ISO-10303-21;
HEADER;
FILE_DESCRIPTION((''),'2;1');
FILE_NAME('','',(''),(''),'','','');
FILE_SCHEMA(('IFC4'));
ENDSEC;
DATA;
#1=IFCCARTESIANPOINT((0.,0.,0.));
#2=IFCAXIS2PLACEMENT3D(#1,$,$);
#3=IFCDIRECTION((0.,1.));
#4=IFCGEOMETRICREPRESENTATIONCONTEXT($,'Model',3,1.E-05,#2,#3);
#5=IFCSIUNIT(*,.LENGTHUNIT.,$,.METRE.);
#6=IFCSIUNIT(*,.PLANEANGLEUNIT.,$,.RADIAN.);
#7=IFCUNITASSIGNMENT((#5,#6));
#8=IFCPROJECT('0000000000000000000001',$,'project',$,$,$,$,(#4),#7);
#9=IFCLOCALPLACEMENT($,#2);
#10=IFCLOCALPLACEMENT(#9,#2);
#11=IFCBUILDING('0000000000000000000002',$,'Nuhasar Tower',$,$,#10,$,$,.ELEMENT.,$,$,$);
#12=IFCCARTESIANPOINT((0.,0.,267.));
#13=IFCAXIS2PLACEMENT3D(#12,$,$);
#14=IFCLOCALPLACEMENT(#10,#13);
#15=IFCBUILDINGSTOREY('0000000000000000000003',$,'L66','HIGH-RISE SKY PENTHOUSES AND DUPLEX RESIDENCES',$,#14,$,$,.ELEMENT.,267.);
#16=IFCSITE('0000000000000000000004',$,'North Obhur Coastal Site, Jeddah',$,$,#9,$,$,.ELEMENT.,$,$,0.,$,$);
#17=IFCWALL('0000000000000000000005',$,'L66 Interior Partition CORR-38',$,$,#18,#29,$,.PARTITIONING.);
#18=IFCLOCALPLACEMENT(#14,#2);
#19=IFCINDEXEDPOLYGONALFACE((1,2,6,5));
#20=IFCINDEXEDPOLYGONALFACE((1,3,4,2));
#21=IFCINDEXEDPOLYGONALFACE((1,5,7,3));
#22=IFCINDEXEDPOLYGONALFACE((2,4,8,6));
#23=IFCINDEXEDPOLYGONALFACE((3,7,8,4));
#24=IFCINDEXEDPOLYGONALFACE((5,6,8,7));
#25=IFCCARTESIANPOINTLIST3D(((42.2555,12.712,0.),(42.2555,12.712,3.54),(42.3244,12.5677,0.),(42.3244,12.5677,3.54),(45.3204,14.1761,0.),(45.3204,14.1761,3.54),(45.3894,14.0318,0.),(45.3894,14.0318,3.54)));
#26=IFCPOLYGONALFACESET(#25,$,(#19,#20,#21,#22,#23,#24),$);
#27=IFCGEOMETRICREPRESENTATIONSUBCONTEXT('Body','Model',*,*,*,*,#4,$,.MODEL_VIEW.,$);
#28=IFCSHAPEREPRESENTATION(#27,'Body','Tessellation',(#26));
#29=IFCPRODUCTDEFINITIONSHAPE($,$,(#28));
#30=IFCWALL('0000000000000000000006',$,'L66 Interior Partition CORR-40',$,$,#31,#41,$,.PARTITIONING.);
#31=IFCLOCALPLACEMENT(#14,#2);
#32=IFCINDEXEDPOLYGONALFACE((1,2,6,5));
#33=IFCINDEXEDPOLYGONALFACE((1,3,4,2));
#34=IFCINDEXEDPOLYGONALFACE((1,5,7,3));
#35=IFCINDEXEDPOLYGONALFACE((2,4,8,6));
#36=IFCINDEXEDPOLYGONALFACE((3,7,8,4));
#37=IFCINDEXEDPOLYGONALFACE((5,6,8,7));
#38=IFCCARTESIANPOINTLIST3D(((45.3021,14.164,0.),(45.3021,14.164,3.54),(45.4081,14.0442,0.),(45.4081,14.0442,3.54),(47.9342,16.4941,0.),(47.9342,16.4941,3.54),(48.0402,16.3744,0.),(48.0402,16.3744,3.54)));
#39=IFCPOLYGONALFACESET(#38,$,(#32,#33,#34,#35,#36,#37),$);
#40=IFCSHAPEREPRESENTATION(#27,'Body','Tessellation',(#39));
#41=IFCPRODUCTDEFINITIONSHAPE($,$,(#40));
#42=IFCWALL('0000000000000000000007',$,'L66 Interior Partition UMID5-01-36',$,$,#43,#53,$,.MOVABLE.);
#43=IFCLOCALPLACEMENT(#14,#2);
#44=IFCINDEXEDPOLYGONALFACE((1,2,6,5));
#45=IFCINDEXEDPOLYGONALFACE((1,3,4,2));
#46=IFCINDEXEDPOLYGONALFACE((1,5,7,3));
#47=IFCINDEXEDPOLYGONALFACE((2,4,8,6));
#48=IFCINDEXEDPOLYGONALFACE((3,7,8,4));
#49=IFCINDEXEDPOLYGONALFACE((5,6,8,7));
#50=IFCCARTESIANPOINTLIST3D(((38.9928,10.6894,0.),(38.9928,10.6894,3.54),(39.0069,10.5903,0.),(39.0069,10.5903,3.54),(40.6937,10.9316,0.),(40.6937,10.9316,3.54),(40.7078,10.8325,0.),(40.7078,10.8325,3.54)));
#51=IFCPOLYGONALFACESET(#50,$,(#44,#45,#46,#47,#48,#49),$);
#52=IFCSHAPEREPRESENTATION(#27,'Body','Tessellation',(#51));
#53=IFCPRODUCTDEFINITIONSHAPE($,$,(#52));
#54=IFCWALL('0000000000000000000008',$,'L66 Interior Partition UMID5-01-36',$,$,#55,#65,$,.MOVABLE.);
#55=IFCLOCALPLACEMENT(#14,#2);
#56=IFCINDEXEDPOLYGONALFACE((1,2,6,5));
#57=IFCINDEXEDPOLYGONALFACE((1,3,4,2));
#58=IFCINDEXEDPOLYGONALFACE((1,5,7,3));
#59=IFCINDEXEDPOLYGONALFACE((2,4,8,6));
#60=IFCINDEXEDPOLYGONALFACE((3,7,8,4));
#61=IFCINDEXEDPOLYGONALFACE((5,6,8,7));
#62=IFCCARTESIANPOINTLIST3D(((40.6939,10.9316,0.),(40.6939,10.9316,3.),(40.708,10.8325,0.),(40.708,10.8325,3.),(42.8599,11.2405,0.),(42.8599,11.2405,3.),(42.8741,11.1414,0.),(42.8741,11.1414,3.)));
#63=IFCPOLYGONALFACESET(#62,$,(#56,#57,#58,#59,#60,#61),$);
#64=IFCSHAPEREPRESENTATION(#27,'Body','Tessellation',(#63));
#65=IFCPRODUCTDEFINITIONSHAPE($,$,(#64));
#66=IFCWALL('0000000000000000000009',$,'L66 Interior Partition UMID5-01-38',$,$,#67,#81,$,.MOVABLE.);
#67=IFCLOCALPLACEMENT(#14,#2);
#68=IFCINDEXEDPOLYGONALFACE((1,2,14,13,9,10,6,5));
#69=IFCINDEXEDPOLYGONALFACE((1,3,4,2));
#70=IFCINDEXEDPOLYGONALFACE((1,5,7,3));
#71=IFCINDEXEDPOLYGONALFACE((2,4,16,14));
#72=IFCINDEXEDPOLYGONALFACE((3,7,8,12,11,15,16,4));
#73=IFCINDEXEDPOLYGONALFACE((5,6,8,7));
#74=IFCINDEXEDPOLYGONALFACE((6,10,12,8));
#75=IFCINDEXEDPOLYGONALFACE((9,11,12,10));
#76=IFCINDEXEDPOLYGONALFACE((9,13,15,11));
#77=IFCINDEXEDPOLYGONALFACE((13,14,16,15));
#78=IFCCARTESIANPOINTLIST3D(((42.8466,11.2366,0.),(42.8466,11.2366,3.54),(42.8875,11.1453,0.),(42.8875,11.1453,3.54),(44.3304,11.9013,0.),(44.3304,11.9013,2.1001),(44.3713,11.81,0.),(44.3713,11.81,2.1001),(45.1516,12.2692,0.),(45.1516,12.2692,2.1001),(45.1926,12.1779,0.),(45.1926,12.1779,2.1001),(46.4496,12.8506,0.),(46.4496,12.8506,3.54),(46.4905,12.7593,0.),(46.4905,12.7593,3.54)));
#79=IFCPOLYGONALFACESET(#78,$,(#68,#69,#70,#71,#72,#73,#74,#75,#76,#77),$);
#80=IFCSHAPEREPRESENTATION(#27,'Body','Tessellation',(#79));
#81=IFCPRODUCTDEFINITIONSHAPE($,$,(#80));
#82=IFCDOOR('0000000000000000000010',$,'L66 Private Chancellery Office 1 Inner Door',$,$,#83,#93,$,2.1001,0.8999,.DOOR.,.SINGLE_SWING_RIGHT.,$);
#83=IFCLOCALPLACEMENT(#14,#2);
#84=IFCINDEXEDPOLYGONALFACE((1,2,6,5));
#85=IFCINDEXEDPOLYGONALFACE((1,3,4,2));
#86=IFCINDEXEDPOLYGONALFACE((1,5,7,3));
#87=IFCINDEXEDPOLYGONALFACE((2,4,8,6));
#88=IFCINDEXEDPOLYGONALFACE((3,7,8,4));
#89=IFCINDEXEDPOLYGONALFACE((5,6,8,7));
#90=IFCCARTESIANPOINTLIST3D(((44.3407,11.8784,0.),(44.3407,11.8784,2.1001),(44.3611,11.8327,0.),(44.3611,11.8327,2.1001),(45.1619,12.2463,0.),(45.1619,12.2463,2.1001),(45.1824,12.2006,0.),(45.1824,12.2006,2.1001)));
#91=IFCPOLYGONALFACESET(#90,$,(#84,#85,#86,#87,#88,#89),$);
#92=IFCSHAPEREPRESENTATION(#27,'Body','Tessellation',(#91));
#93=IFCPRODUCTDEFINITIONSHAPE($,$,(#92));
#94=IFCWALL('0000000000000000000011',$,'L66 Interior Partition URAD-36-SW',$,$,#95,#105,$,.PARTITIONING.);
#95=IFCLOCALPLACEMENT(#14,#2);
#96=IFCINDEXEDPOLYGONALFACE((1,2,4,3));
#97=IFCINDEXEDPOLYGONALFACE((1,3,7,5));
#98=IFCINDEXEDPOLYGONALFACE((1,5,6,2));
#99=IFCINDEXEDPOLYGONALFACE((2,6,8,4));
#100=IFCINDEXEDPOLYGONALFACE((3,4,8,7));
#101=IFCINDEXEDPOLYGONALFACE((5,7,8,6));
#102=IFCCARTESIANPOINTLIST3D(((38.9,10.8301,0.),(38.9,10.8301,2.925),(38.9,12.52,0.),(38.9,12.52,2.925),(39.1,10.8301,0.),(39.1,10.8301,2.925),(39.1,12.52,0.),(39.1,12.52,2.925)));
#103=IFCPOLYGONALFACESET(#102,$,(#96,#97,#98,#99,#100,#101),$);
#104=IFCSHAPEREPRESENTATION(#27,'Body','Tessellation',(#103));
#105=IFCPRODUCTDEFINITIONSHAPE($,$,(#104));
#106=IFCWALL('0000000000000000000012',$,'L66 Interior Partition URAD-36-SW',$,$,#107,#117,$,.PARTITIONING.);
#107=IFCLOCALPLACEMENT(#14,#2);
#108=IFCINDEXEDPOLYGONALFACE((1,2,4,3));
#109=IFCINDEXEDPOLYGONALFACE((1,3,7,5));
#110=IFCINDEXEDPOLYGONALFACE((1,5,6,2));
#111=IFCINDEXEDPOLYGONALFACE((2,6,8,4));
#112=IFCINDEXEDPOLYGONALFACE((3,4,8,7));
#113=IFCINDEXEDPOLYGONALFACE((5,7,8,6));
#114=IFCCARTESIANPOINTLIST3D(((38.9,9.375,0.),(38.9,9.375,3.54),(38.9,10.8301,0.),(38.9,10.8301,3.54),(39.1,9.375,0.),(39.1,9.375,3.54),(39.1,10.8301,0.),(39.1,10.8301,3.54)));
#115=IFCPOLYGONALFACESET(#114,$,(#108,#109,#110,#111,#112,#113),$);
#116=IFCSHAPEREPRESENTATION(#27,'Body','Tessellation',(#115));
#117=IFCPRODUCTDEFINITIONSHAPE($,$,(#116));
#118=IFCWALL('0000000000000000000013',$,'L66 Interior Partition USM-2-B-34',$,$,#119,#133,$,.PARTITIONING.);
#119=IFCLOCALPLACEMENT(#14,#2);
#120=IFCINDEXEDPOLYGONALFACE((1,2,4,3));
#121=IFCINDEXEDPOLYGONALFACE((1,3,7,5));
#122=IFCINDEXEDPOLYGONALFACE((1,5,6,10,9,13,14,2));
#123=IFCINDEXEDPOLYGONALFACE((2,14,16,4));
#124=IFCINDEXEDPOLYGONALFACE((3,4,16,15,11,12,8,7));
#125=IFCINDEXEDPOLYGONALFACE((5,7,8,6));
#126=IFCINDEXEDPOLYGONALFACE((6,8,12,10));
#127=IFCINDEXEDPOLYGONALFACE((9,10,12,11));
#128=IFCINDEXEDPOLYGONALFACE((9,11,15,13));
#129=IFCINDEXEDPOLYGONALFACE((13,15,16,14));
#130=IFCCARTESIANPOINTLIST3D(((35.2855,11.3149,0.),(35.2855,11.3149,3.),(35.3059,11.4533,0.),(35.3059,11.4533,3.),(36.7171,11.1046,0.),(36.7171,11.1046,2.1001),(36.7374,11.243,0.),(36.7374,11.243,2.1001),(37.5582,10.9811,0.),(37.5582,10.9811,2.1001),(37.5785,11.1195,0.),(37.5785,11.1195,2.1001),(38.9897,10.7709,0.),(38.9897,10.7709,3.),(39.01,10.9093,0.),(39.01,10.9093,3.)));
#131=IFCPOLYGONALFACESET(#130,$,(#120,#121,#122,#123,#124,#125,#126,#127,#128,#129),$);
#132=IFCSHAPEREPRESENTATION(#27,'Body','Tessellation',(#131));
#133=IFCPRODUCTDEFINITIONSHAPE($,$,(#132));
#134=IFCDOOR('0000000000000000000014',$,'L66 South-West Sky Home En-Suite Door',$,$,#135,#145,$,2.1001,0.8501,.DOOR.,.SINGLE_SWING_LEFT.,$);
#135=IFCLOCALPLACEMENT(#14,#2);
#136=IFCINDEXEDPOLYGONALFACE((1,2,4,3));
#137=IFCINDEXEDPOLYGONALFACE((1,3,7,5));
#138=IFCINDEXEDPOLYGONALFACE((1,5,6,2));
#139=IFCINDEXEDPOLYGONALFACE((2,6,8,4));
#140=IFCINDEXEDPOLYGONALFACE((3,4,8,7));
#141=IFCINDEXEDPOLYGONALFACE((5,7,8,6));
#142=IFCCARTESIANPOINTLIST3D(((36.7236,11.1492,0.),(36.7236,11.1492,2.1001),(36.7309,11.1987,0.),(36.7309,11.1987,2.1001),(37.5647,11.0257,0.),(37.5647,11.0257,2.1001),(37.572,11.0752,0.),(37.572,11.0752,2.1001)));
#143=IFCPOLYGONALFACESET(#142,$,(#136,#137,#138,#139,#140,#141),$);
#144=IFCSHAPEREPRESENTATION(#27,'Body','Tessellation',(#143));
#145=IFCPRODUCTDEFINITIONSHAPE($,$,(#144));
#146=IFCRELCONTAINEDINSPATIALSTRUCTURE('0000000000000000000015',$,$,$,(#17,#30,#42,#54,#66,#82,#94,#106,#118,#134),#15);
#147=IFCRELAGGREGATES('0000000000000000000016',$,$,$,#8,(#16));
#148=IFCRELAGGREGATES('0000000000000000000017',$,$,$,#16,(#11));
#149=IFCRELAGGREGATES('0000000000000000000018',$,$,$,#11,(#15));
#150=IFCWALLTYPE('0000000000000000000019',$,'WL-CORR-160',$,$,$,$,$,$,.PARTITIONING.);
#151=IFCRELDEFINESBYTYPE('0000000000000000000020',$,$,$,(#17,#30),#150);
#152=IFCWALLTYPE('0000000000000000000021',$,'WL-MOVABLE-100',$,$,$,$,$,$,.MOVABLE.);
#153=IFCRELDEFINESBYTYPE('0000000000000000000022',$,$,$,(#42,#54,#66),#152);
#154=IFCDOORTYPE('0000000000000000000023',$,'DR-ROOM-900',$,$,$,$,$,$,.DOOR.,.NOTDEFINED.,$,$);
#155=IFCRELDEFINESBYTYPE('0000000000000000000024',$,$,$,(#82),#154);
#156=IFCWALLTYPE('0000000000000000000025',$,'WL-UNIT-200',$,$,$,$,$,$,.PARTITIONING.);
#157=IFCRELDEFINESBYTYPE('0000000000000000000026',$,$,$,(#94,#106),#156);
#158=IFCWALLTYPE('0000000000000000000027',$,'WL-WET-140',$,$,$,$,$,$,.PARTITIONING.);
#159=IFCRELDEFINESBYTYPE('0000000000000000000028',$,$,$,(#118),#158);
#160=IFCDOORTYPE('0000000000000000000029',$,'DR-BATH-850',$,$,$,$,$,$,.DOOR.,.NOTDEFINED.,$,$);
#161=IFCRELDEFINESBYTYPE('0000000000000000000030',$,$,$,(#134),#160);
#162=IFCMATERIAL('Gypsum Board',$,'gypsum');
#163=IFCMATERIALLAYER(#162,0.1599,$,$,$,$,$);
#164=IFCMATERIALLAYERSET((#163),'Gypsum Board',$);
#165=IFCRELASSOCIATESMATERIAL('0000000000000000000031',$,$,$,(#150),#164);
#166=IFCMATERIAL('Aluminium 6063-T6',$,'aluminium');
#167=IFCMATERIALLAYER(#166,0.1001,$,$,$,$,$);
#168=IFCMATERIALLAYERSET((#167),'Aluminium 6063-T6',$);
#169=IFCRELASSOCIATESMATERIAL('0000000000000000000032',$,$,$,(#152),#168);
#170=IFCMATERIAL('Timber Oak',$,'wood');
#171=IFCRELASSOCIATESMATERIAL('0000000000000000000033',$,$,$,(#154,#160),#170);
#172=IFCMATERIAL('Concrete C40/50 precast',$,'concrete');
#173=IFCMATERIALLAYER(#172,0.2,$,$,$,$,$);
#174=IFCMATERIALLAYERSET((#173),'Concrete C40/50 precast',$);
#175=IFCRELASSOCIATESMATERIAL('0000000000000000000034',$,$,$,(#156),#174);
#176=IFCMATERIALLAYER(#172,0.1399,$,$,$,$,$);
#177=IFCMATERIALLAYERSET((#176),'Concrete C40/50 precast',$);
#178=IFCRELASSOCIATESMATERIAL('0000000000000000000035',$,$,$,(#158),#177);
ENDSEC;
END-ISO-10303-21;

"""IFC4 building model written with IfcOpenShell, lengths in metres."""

from ifc_helpers import new_model, si_unit, direction, frame, frame_2d, origin, place, context, subcontext, project, spatial, rectangle, extrude, material, layer, layer_set, type_object, element, fill, save


model = new_model("IFC4")

# Units and contexts
model_context = context("Model", 3, precision=1e-05, world=origin(), true_north=direction((0.0, 1.0)))
body_context = subcontext(model_context, "Body", "Model", "MODEL_VIEW")
ifc_project = project(units=[si_unit("LENGTHUNIT", "METRE"), si_unit("PLANEANGLEUNIT", "RADIAN")], contexts=[model_context])

# Site, building, storey
site_placement = place(None, origin())
site = spatial("IfcSite", under=ifc_project, at=site_placement, Name="North Obhur Coastal Site, Jeddah", CompositionType="ELEMENT", RefElevation=0.0)
building_placement = place(site_placement, origin())
building = spatial("IfcBuilding", under=site, at=building_placement, Name="Nuhasar Tower", CompositionType="ELEMENT")
storey_placement = place(building_placement, frame((0.0, 0.0, 267.0)))
storey = spatial("IfcBuildingStorey", under=building, at=storey_placement, Name="L66", Description="HIGH-RISE SKY PENTHOUSES AND DUPLEX RESIDENCES", CompositionType="ELEMENT", Elevation=267.0)

# Shared definitions
ifc_material_1 = material(Name="Aluminium 6063-T6", Category="aluminium")

# Shared definitions
ifc_material_2 = material(Name="Gypsum Board", Category="gypsum")
ifc_layer_1 = layer(ifc_material_2, 0.1599)
ifc_layer_set_1 = layer_set([ifc_layer_1], Name="Gypsum Board")
wall_type_1 = type_object("IfcWallType", Name="WL-CORR-160", PredefinedType="PARTITIONING", material=ifc_layer_set_1)
ifc_material_3 = material(Name="Timber Oak", Category="wood")

# Walls
wall_1_placement = place(storey_placement, frame((42.29, 12.6399, 0.0), z_axis=(0.0, 0.0, 1.0), x_axis=(0.902332, 0.431041, 0.0)))
element("IfcWall", 1, at=wall_1_placement, inside=storey, type_object=wall_type_1, Name="L66 Interior Partition CORR-38", PredefinedType="PARTITIONING", context=body_context, shape_type="SweptSolid", body=[
    extrude(rectangle(XDim=3.3967, YDim=0.1599, at=frame_2d((1.6982, 0.0))), origin(), (0.0, 0.0, 1.0), 3.54),
])
wall_2_placement = place(storey_placement, frame((45.355, 14.104, 0.0), z_axis=(0.0, 0.0, 1.0), x_axis=(0.748757, 0.662845, 0.0)))
element("IfcWall", 2, at=wall_2_placement, inside=storey, type_object=wall_type_1, Name="L66 Interior Partition CORR-40", PredefinedType="PARTITIONING", context=body_context, shape_type="SweptSolid", body=[
    extrude(rectangle(XDim=3.5154, YDim=0.1599, at=frame_2d((1.7578, 0.0))), origin(), (0.0, 0.0, 1.0), 3.54),
])
ifc_layer_2 = layer(ifc_material_1, 0.1001)
ifc_layer_set_2 = layer_set([ifc_layer_2], Name="Aluminium 6063-T6")
wall_type_2 = type_object("IfcWallType", Name="WL-MOVABLE-100", PredefinedType="MOVABLE", material=ifc_layer_set_2)
wall_3_placement = place(storey_placement, frame((39.0, 10.6399, 0.0), z_axis=(0.0, 0.0, 1.0), x_axis=(0.990015, 0.140964, 0.0)))
element("IfcWall", 3, at=wall_3_placement, inside=storey, type_object=wall_type_2, Name="L66 Interior Partition UMID5-01-36", PredefinedType="MOVABLE", context=body_context, shape_type="SweptSolid", body=[
    extrude(rectangle(XDim=1.718, YDim=0.1001, at=frame_2d((0.8589, 0.0))), origin(), (0.0, 0.0, 1.0), 3.54),
])
wall_4_placement = place(storey_placement, frame((40.7009, 10.8821, 0.0), z_axis=(0.0, 0.0, 1.0), x_axis=(0.989987, 0.141156, 0.0)))
element("IfcWall", 4, at=wall_4_placement, inside=storey, type_object=wall_type_2, Name="L66 Interior Partition UMID5-01-36", PredefinedType="MOVABLE", context=body_context, shape_type="SweptSolid", body=[
    extrude(rectangle(XDim=2.188, YDim=0.1001, at=frame_2d((1.094, 0.0))), origin(), (0.0, 0.0, 1.0), 3.0),
])

# Wall, opening, door
wall_5_placement = place(storey_placement, frame((42.8669, 11.1909, 0.0), z_axis=(0.0, 0.0, 1.0), x_axis=(0.912617, 0.408816, 0.0)))
wall_5 = element("IfcWall", 5, at=wall_5_placement, inside=storey, type_object=wall_type_2, Name="L66 Interior Partition UMID5-01-38", PredefinedType="MOVABLE", context=body_context, shape_type="SweptSolid", body=[
    extrude(rectangle(XDim=3.948, YDim=0.1001, at=frame_2d((1.9741, 0.0))), origin(), (0.0, 0.0, 1.0), 3.54),
])
opening_1_placement = place(wall_5_placement, frame((1.626, 0.0, 0.0)))
opening_1 = element("IfcOpeningElement", 6, at=opening_1_placement, cuts=wall_5, PredefinedType="OPENING", context=body_context, shape_type="SweptSolid", body=[
    extrude(rectangle(XDim=0.8999, YDim=2.1001, at=frame_2d((0.45, 1.05))), frame((0.0, 0.0601, 0.0), z_axis=(0.0, -1.0, 0.0), x_axis=(1.0, 0.0, 0.0)), (0.0, 0.0, 1.0), 0.1201),
])
door_type_1 = type_object("IfcDoorType", Name="DR-ROOM-900", OperationType="NOTDEFINED", PredefinedType="DOOR", material=ifc_material_3)
door_1_placement = place(opening_1_placement, origin())
door_1 = element("IfcDoor", 7, at=door_1_placement, inside=storey, type_object=door_type_1, Name="L66 Private Chancellery Office 1 Inner Door", OperationType="SINGLE_SWING_RIGHT", OverallHeight=2.1001, OverallWidth=0.8999, PredefinedType="DOOR", context=body_context, shape_type="SweptSolid", body=[
    extrude(rectangle(XDim=0.8999, YDim=2.1001, at=frame_2d((0.45, 1.05))), frame((0.0, 0.0249, 0.0), z_axis=(0.0, -1.0, 0.0), x_axis=(1.0, 0.0, 0.0)), (0.0, 0.0, 1.0), 0.05),
])
fill(opening_1, door_1)

# Walls
ifc_material_4 = material(Name="Concrete C40/50 precast", Category="concrete")
ifc_layer_3 = layer(ifc_material_4, 0.2)
ifc_layer_set_3 = layer_set([ifc_layer_3], Name="Concrete C40/50 precast")
wall_type_3 = type_object("IfcWallType", Name="WL-UNIT-200", PredefinedType="PARTITIONING", material=ifc_layer_set_3)
wall_6_placement = place(storey_placement, frame((39.0, 12.52, 0.0), z_axis=(0.0, 0.0, 1.0), x_axis=(0.0, -1.0, 0.0)))
element("IfcWall", 8, at=wall_6_placement, inside=storey, type_object=wall_type_3, Name="L66 Interior Partition URAD-36-SW", PredefinedType="PARTITIONING", context=body_context, shape_type="SweptSolid", body=[
    extrude(rectangle(XDim=1.6899, YDim=0.2, at=frame_2d((0.845, 0.0))), origin(), (0.0, 0.0, 1.0), 2.925),
])
wall_7_placement = place(storey_placement, frame((39.0, 10.8301, 0.0), z_axis=(0.0, 0.0, 1.0), x_axis=(0.0, -1.0, 0.0)))
element("IfcWall", 9, at=wall_7_placement, inside=storey, type_object=wall_type_3, Name="L66 Interior Partition URAD-36-SW", PredefinedType="PARTITIONING", context=body_context, shape_type="SweptSolid", body=[
    extrude(rectangle(XDim=1.4551, YDim=0.2, at=frame_2d((0.7275, 0.0))), origin(), (0.0, 0.0, 1.0), 3.54),
])

# Wall, opening, door
ifc_layer_4 = layer(ifc_material_4, 0.1399)
ifc_layer_set_4 = layer_set([ifc_layer_4], Name="Concrete C40/50 precast")
wall_type_4 = type_object("IfcWallType", Name="WL-WET-140", PredefinedType="PARTITIONING", material=ifc_layer_set_4)
wall_8_placement = place(storey_placement, frame((39.0, 10.8401, 0.0), z_axis=(0.0, 0.0, 1.0), x_axis=(-0.989389, 0.145291, 0.0)))
wall_8 = element("IfcWall", 10, at=wall_8_placement, inside=storey, type_object=wall_type_4, Name="L66 Interior Partition USM-2-B-34", PredefinedType="PARTITIONING", context=body_context, shape_type="SweptSolid", body=[
    extrude(rectangle(XDim=3.7439, YDim=0.1399, at=frame_2d((1.8721, 0.0))), origin(), (0.0, 0.0, 1.0), 3.0),
])
opening_2_placement = place(wall_8_placement, frame((1.447, 0.0, 0.0)))
opening_2 = element("IfcOpeningElement", 11, at=opening_2_placement, cuts=wall_8, PredefinedType="OPENING", context=body_context, shape_type="SweptSolid", body=[
    extrude(rectangle(XDim=0.8501, YDim=2.1001, at=frame_2d((0.425, 1.05))), frame((0.0, 0.0801, 0.0), z_axis=(0.0, -1.0, 0.0), x_axis=(1.0, 0.0, 0.0)), (0.0, 0.0, 1.0), 0.1599),
])
door_type_2 = type_object("IfcDoorType", Name="DR-BATH-850", OperationType="NOTDEFINED", PredefinedType="DOOR", material=ifc_material_3)
door_2_placement = place(opening_2_placement, origin())
door_2 = element("IfcDoor", 12, at=door_2_placement, inside=storey, type_object=door_type_2, Name="L66 South-West Sky Home En-Suite Door", OperationType="SINGLE_SWING_LEFT", OverallHeight=2.1001, OverallWidth=0.8501, PredefinedType="DOOR", context=body_context, shape_type="SweptSolid", body=[
    extrude(rectangle(XDim=0.8501, YDim=2.1001, at=frame_2d((0.425, 1.05))), frame((0.0, 0.0249, 0.0), z_axis=(0.0, -1.0, 0.0), x_axis=(1.0, 0.0, 0.0)), (0.0, 0.0, 1.0), 0.05),
])
fill(opening_2, door_2)

save(model, "model.ifc")
